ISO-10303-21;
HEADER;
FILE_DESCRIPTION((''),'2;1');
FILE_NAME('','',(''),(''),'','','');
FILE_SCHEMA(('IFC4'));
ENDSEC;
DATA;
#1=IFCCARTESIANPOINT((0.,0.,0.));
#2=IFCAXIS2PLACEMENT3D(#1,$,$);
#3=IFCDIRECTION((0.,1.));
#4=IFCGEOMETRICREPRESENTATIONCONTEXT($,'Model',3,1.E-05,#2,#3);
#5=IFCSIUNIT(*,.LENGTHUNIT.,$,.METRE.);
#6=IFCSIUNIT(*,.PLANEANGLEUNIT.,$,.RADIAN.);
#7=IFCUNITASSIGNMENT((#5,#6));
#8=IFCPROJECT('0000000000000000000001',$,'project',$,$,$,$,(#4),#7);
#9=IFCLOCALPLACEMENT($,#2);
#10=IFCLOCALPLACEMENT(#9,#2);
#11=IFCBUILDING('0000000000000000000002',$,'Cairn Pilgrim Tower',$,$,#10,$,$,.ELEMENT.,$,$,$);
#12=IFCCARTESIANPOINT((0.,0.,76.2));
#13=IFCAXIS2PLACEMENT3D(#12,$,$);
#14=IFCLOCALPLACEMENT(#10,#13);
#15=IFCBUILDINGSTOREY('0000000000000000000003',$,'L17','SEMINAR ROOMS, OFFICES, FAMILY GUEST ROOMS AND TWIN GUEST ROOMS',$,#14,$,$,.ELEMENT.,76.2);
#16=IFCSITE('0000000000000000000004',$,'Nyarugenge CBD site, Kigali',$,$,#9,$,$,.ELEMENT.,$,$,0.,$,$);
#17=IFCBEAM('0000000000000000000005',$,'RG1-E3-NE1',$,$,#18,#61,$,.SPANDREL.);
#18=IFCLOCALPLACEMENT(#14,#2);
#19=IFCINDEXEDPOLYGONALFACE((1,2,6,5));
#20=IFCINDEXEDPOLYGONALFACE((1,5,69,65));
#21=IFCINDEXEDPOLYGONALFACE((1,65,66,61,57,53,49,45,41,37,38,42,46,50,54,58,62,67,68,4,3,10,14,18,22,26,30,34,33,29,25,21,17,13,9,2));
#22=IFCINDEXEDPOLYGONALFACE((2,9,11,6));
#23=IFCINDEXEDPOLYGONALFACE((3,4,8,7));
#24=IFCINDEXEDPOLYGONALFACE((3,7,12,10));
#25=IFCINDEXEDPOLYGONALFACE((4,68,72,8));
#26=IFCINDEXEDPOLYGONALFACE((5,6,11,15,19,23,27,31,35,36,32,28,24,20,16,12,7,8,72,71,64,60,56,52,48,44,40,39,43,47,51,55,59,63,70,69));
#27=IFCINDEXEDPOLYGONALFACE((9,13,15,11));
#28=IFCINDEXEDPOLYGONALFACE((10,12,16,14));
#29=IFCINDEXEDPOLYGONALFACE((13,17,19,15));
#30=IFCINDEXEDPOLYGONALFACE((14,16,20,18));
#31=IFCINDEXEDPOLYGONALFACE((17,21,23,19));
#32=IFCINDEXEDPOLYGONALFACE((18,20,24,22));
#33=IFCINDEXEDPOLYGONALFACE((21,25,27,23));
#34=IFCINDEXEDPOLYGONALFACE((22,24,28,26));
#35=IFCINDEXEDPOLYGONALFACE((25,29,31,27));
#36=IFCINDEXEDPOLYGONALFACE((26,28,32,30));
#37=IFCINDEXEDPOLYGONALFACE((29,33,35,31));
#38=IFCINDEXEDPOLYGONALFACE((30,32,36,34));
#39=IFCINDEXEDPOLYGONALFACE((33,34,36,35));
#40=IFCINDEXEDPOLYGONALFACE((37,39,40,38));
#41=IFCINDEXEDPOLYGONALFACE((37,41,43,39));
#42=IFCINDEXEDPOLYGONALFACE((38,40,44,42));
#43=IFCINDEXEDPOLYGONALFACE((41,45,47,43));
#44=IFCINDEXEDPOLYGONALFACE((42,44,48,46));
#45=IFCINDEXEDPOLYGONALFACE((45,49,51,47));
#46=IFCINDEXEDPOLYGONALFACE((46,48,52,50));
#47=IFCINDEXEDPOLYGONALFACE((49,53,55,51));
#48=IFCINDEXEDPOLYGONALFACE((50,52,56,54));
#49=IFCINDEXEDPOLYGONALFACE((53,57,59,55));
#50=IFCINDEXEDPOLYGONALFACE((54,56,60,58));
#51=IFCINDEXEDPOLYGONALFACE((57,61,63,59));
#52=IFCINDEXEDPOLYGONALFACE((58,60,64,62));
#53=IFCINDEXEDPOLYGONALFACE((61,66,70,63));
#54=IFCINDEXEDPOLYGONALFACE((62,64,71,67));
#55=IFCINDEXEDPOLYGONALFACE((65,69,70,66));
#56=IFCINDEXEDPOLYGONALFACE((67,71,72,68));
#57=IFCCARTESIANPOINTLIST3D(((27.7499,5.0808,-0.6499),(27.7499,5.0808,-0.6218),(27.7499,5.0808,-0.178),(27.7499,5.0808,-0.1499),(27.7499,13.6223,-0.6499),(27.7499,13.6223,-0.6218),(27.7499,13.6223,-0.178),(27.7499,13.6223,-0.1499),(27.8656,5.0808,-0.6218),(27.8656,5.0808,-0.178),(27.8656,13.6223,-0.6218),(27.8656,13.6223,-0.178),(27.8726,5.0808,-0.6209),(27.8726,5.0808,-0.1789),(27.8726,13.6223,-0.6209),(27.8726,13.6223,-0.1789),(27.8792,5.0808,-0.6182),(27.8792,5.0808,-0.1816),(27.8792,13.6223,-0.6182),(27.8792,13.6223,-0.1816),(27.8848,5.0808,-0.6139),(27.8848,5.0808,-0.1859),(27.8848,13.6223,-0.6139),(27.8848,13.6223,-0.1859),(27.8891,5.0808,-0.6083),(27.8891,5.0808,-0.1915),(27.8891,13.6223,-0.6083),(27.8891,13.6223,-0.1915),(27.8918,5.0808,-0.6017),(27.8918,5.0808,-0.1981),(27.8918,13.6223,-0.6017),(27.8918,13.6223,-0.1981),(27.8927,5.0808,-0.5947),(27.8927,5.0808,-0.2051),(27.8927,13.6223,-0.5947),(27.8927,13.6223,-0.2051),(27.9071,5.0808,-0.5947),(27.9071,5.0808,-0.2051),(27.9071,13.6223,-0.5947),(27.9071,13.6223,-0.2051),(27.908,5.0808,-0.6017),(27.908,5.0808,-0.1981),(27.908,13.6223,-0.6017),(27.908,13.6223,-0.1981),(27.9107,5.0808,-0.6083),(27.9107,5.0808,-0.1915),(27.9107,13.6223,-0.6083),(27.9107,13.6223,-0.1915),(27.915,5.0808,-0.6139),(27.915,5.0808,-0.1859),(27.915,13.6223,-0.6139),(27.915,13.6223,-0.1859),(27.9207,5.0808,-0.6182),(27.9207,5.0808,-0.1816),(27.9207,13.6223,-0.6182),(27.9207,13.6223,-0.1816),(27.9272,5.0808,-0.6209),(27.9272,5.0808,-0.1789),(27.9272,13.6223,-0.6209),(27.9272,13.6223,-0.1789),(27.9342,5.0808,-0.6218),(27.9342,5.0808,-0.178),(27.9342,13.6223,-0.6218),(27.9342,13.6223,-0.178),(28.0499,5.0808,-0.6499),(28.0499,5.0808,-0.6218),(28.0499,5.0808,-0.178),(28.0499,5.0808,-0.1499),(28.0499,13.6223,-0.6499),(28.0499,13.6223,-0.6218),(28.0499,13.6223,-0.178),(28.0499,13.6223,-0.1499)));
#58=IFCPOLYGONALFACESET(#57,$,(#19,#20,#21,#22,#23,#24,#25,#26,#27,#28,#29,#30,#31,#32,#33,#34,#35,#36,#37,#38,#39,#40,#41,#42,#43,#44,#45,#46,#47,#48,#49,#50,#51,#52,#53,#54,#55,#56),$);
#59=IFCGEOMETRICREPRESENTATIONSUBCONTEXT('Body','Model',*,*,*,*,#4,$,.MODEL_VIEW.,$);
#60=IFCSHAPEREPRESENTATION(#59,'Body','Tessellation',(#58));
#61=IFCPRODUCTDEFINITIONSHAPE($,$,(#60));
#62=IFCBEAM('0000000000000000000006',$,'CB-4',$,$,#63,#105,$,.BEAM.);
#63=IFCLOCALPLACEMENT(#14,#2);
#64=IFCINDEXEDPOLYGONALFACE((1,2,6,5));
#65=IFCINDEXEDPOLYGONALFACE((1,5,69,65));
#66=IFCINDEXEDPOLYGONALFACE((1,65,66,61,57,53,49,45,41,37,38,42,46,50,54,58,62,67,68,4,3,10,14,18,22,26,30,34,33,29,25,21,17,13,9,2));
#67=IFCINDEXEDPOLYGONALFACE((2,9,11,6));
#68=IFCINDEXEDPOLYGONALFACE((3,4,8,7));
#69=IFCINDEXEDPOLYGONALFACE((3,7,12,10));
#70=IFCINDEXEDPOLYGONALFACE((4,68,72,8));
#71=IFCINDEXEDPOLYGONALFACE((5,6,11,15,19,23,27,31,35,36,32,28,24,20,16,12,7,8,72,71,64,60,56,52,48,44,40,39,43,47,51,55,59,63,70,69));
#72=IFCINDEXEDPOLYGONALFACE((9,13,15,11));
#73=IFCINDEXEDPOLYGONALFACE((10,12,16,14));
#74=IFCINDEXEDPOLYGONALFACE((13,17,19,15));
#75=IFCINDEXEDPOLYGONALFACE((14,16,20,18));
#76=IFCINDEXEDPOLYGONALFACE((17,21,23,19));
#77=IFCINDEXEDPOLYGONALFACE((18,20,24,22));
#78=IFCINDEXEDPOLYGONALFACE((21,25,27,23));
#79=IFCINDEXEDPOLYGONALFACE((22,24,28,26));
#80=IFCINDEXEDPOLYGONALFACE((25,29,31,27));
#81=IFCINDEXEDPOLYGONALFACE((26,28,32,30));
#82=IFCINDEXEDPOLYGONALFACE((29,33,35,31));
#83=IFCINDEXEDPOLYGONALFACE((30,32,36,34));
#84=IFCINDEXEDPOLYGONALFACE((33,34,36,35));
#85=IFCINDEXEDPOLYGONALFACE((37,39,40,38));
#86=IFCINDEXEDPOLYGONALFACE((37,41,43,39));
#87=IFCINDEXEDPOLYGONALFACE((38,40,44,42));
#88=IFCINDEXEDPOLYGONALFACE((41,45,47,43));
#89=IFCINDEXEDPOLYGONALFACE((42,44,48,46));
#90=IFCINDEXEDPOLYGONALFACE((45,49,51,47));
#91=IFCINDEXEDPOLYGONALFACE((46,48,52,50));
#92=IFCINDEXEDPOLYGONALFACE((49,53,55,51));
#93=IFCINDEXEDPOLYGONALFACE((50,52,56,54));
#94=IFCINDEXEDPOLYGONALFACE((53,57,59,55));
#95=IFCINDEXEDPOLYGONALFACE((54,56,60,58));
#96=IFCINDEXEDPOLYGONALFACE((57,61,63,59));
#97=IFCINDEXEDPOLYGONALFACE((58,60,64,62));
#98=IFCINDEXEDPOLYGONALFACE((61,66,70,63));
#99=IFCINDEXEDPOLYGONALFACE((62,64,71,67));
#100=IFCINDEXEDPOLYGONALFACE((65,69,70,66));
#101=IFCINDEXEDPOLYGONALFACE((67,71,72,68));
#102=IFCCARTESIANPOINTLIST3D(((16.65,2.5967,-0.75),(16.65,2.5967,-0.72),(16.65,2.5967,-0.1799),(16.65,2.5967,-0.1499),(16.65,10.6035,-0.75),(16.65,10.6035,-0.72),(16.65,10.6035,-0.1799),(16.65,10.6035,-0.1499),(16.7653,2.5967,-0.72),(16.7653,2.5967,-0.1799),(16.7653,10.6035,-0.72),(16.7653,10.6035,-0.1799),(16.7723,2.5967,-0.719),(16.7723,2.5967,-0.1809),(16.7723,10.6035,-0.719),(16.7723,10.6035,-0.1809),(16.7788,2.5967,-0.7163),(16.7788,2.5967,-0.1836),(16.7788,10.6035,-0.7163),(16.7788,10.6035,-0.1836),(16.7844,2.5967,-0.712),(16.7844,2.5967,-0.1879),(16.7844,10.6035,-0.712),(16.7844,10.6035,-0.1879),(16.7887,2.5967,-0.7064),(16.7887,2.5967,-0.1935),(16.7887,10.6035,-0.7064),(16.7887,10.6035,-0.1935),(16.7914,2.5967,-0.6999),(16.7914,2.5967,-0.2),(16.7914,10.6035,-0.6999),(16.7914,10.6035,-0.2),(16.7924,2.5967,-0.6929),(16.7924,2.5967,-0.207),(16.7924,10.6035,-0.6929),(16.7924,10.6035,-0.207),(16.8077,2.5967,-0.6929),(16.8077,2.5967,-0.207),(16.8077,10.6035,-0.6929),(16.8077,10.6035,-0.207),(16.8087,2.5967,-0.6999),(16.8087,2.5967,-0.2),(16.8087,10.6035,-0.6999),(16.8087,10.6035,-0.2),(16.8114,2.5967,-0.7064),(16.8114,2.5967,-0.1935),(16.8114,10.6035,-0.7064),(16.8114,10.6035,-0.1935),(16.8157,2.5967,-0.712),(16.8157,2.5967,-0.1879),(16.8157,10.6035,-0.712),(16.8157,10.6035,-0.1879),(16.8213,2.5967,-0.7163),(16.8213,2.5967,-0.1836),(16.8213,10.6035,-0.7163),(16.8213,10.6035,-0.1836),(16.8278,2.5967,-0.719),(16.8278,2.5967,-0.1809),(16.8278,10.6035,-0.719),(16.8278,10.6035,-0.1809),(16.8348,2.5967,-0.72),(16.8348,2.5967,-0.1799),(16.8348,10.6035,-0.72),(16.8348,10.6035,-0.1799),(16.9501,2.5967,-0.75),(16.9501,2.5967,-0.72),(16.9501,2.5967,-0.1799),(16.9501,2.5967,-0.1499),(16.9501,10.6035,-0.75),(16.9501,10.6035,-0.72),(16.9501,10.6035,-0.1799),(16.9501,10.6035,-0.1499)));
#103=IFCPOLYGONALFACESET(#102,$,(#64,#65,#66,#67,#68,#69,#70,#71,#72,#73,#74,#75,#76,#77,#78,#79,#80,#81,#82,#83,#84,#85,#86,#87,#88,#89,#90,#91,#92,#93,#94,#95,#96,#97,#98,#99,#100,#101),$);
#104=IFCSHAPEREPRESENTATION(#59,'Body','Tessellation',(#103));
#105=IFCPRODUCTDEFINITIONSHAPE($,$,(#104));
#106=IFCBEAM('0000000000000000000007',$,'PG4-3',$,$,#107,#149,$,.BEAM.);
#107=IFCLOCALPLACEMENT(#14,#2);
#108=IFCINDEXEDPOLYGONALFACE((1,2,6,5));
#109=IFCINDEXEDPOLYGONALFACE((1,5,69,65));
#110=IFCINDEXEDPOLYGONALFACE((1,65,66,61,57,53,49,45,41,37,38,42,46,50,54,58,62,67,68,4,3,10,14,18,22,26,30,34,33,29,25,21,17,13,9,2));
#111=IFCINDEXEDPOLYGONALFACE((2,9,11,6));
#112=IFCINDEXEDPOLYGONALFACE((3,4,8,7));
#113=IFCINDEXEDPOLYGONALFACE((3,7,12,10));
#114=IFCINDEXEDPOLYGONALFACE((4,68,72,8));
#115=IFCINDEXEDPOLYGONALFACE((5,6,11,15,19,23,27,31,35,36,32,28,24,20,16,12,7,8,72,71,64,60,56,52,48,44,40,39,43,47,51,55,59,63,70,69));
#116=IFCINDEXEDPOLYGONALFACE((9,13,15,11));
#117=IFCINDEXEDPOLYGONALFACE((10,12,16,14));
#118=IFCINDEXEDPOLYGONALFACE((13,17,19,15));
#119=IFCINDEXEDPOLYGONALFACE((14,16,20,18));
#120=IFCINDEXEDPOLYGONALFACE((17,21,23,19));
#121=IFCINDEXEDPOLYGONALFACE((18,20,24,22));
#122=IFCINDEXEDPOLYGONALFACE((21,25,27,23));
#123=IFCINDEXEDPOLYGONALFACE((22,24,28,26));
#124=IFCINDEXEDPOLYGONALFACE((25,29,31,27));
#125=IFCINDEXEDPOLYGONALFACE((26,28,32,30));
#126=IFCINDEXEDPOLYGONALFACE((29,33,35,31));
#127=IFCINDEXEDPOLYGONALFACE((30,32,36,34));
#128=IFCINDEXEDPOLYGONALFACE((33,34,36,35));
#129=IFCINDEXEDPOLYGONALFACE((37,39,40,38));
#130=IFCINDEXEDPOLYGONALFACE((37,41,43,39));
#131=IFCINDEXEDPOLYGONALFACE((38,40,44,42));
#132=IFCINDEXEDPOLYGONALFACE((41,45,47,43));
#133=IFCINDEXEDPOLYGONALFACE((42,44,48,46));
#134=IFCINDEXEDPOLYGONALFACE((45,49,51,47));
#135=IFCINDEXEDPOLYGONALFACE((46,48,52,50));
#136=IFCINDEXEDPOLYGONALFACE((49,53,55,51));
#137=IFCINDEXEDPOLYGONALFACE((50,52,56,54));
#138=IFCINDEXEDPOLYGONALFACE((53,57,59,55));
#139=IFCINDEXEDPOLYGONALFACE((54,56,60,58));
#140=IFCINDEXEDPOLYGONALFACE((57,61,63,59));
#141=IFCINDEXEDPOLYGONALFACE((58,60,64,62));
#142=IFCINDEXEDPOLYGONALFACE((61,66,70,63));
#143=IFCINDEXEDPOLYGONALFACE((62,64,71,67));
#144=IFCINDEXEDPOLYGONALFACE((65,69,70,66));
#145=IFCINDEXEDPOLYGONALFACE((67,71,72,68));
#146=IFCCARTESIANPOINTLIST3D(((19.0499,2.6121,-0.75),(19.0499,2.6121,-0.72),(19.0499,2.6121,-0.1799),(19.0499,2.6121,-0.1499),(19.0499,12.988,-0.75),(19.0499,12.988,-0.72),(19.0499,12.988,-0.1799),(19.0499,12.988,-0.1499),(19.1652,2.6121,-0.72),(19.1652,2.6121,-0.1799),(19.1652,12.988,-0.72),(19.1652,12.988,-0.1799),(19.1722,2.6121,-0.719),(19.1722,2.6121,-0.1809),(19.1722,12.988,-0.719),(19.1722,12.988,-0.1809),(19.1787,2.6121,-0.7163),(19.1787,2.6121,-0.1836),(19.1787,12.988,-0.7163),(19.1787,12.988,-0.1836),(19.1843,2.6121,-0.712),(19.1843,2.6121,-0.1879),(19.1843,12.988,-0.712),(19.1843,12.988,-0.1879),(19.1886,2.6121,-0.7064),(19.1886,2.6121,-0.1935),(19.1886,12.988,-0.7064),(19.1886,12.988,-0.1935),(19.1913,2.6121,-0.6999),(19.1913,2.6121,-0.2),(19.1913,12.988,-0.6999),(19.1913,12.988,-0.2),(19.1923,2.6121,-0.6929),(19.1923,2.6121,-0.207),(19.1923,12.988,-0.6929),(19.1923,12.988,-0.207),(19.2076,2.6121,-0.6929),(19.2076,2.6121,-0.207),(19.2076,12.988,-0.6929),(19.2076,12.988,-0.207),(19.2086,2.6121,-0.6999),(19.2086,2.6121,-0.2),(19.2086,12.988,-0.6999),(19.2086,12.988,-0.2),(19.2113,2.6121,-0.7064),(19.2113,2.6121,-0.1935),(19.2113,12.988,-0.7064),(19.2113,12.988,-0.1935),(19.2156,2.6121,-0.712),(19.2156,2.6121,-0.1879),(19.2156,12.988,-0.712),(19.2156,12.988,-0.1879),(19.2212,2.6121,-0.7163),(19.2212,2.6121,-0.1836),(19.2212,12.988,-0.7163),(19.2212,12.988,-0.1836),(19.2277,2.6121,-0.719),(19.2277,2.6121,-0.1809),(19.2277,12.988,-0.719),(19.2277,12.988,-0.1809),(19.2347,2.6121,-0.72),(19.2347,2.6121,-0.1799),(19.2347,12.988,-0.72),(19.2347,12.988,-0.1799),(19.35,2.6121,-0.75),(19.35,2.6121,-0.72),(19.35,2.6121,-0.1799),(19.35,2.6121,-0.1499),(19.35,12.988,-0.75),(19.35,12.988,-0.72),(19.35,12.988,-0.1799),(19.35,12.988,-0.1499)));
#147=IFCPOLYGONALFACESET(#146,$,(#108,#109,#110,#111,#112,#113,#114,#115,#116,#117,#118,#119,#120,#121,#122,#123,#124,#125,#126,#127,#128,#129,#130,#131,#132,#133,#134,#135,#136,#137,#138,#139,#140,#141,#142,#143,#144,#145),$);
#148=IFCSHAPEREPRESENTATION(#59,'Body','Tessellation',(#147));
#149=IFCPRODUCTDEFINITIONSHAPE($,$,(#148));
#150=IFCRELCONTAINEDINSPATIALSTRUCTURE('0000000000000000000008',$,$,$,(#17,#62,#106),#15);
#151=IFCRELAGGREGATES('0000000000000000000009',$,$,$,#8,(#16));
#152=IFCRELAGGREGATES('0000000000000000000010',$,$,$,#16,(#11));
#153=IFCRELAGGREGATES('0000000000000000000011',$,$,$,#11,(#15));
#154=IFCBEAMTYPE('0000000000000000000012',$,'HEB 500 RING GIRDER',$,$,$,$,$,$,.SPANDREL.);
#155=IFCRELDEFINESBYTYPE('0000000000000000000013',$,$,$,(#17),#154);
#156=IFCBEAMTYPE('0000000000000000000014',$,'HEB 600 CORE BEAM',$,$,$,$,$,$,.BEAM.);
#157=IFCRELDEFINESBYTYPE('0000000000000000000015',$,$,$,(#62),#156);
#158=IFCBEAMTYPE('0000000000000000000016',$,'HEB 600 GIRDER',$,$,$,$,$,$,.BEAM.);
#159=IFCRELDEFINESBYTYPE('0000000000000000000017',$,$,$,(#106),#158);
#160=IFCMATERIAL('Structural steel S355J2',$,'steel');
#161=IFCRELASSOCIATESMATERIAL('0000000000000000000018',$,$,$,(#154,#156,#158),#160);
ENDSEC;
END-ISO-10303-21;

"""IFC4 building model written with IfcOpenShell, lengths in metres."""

from ifc_helpers import new_model, si_unit, direction, frame, origin, origin_2d, place, context, subcontext, project, spatial, i_section, extrude, material, material_profile, profile_set, type_object, element, save


model = new_model("IFC4")

# Units and contexts
model_context = context("Model", 3, precision=1e-05, world=origin(), true_north=direction((0.0, 1.0)))
body_context = subcontext(model_context, "Body", "Model", "MODEL_VIEW")
ifc_project = project(units=[si_unit("LENGTHUNIT", "METRE"), si_unit("PLANEANGLEUNIT", "RADIAN")], contexts=[model_context])

# Site, building, storey
site_placement = place(None, origin())
site = spatial("IfcSite", under=ifc_project, at=site_placement, Name="Nyarugenge CBD site, Kigali", CompositionType="ELEMENT", RefElevation=0.0)
building_placement = place(site_placement, origin())
building = spatial("IfcBuilding", under=site, at=building_placement, Name="Cairn Pilgrim Tower", CompositionType="ELEMENT")
storey_placement = place(building_placement, frame((0.0, 0.0, 76.2)))
storey = spatial("IfcBuildingStorey", under=building, at=storey_placement, Name="L17", Description="SEMINAR ROOMS, OFFICES, FAMILY GUEST ROOMS AND TWIN GUEST ROOMS", CompositionType="ELEMENT", Elevation=76.2)

# Beams
ifc_material_1 = material(Name="Structural steel S355J2", Category="steel")
ifc_material_profile_1 = material_profile(ifc_material_1, i_section(OverallWidth=0.3, OverallDepth=0.5, WebThickness=0.0144, FlangeThickness=0.0281, FilletRadius=0.0271, at=origin_2d()), Name="HEB 500")
ifc_profile_set_1 = profile_set([ifc_material_profile_1], Name="Structural steel S355J2")
beam_type_1 = type_object("IfcBeamType", Name="HEB 500 RING GIRDER", PredefinedType="SPANDREL", material=ifc_profile_set_1)
beam_1_placement = place(storey_placement, frame((27.8999, 5.0808, -0.3999), z_axis=(0.0, 1.0, 0.0), x_axis=(-1.0, 0.0, 0.0)))
element("IfcBeam", 1, at=beam_1_placement, inside=storey, type_object=beam_type_1, Name="RG1-E3-NE1", PredefinedType="SPANDREL", context=body_context, shape_type="SweptSolid", body=[
    extrude(i_section(OverallWidth=0.3, OverallDepth=0.5, WebThickness=0.0144, FlangeThickness=0.0281, FilletRadius=0.0271, at=origin_2d()), origin(), (0.0, 0.0, 1.0), 8.5415),
])
ifc_material_profile_2 = material_profile(ifc_material_1, i_section(OverallWidth=0.3, OverallDepth=0.6001, WebThickness=0.0154, FlangeThickness=0.03, FilletRadius=0.0271, at=origin_2d()), Name="HEB 600")
ifc_profile_set_2 = profile_set([ifc_material_profile_2], Name="Structural steel S355J2")
beam_type_2 = type_object("IfcBeamType", Name="HEB 600 CORE BEAM", PredefinedType="BEAM", material=ifc_profile_set_2)
beam_2_placement = place(storey_placement, frame((16.8, 2.5967, -0.45), z_axis=(0.0, 1.0, 0.0), x_axis=(-1.0, 0.0, 0.0)))
element("IfcBeam", 2, at=beam_2_placement, inside=storey, type_object=beam_type_2, Name="CB-4", PredefinedType="BEAM", context=body_context, shape_type="SweptSolid", body=[
    extrude(i_section(OverallWidth=0.3, OverallDepth=0.6001, WebThickness=0.0154, FlangeThickness=0.03, FilletRadius=0.0271, at=origin_2d()), origin(), (0.0, 0.0, 1.0), 8.0068),
])
ifc_material_profile_3 = material_profile(ifc_material_1, i_section(OverallWidth=0.3, OverallDepth=0.6001, WebThickness=0.0154, FlangeThickness=0.03, FilletRadius=0.0271, at=origin_2d()), Name="HEB 600")
ifc_profile_set_3 = profile_set([ifc_material_profile_3], Name="Structural steel S355J2")
beam_type_3 = type_object("IfcBeamType", Name="HEB 600 GIRDER", PredefinedType="BEAM", material=ifc_profile_set_3)
beam_3_placement = place(storey_placement, frame((19.2, 2.6121, -0.45), z_axis=(0.0, 1.0, 0.0), x_axis=(-1.0, 0.0, 0.0)))
element("IfcBeam", 3, at=beam_3_placement, inside=storey, type_object=beam_type_3, Name="PG4-3", PredefinedType="BEAM", context=body_context, shape_type="SweptSolid", body=[
    extrude(i_section(OverallWidth=0.3, OverallDepth=0.6001, WebThickness=0.0154, FlangeThickness=0.03, FilletRadius=0.0271, at=origin_2d()), origin(), (0.0, 0.0, 1.0), 10.376),
])

save(model, "model.ifc")
